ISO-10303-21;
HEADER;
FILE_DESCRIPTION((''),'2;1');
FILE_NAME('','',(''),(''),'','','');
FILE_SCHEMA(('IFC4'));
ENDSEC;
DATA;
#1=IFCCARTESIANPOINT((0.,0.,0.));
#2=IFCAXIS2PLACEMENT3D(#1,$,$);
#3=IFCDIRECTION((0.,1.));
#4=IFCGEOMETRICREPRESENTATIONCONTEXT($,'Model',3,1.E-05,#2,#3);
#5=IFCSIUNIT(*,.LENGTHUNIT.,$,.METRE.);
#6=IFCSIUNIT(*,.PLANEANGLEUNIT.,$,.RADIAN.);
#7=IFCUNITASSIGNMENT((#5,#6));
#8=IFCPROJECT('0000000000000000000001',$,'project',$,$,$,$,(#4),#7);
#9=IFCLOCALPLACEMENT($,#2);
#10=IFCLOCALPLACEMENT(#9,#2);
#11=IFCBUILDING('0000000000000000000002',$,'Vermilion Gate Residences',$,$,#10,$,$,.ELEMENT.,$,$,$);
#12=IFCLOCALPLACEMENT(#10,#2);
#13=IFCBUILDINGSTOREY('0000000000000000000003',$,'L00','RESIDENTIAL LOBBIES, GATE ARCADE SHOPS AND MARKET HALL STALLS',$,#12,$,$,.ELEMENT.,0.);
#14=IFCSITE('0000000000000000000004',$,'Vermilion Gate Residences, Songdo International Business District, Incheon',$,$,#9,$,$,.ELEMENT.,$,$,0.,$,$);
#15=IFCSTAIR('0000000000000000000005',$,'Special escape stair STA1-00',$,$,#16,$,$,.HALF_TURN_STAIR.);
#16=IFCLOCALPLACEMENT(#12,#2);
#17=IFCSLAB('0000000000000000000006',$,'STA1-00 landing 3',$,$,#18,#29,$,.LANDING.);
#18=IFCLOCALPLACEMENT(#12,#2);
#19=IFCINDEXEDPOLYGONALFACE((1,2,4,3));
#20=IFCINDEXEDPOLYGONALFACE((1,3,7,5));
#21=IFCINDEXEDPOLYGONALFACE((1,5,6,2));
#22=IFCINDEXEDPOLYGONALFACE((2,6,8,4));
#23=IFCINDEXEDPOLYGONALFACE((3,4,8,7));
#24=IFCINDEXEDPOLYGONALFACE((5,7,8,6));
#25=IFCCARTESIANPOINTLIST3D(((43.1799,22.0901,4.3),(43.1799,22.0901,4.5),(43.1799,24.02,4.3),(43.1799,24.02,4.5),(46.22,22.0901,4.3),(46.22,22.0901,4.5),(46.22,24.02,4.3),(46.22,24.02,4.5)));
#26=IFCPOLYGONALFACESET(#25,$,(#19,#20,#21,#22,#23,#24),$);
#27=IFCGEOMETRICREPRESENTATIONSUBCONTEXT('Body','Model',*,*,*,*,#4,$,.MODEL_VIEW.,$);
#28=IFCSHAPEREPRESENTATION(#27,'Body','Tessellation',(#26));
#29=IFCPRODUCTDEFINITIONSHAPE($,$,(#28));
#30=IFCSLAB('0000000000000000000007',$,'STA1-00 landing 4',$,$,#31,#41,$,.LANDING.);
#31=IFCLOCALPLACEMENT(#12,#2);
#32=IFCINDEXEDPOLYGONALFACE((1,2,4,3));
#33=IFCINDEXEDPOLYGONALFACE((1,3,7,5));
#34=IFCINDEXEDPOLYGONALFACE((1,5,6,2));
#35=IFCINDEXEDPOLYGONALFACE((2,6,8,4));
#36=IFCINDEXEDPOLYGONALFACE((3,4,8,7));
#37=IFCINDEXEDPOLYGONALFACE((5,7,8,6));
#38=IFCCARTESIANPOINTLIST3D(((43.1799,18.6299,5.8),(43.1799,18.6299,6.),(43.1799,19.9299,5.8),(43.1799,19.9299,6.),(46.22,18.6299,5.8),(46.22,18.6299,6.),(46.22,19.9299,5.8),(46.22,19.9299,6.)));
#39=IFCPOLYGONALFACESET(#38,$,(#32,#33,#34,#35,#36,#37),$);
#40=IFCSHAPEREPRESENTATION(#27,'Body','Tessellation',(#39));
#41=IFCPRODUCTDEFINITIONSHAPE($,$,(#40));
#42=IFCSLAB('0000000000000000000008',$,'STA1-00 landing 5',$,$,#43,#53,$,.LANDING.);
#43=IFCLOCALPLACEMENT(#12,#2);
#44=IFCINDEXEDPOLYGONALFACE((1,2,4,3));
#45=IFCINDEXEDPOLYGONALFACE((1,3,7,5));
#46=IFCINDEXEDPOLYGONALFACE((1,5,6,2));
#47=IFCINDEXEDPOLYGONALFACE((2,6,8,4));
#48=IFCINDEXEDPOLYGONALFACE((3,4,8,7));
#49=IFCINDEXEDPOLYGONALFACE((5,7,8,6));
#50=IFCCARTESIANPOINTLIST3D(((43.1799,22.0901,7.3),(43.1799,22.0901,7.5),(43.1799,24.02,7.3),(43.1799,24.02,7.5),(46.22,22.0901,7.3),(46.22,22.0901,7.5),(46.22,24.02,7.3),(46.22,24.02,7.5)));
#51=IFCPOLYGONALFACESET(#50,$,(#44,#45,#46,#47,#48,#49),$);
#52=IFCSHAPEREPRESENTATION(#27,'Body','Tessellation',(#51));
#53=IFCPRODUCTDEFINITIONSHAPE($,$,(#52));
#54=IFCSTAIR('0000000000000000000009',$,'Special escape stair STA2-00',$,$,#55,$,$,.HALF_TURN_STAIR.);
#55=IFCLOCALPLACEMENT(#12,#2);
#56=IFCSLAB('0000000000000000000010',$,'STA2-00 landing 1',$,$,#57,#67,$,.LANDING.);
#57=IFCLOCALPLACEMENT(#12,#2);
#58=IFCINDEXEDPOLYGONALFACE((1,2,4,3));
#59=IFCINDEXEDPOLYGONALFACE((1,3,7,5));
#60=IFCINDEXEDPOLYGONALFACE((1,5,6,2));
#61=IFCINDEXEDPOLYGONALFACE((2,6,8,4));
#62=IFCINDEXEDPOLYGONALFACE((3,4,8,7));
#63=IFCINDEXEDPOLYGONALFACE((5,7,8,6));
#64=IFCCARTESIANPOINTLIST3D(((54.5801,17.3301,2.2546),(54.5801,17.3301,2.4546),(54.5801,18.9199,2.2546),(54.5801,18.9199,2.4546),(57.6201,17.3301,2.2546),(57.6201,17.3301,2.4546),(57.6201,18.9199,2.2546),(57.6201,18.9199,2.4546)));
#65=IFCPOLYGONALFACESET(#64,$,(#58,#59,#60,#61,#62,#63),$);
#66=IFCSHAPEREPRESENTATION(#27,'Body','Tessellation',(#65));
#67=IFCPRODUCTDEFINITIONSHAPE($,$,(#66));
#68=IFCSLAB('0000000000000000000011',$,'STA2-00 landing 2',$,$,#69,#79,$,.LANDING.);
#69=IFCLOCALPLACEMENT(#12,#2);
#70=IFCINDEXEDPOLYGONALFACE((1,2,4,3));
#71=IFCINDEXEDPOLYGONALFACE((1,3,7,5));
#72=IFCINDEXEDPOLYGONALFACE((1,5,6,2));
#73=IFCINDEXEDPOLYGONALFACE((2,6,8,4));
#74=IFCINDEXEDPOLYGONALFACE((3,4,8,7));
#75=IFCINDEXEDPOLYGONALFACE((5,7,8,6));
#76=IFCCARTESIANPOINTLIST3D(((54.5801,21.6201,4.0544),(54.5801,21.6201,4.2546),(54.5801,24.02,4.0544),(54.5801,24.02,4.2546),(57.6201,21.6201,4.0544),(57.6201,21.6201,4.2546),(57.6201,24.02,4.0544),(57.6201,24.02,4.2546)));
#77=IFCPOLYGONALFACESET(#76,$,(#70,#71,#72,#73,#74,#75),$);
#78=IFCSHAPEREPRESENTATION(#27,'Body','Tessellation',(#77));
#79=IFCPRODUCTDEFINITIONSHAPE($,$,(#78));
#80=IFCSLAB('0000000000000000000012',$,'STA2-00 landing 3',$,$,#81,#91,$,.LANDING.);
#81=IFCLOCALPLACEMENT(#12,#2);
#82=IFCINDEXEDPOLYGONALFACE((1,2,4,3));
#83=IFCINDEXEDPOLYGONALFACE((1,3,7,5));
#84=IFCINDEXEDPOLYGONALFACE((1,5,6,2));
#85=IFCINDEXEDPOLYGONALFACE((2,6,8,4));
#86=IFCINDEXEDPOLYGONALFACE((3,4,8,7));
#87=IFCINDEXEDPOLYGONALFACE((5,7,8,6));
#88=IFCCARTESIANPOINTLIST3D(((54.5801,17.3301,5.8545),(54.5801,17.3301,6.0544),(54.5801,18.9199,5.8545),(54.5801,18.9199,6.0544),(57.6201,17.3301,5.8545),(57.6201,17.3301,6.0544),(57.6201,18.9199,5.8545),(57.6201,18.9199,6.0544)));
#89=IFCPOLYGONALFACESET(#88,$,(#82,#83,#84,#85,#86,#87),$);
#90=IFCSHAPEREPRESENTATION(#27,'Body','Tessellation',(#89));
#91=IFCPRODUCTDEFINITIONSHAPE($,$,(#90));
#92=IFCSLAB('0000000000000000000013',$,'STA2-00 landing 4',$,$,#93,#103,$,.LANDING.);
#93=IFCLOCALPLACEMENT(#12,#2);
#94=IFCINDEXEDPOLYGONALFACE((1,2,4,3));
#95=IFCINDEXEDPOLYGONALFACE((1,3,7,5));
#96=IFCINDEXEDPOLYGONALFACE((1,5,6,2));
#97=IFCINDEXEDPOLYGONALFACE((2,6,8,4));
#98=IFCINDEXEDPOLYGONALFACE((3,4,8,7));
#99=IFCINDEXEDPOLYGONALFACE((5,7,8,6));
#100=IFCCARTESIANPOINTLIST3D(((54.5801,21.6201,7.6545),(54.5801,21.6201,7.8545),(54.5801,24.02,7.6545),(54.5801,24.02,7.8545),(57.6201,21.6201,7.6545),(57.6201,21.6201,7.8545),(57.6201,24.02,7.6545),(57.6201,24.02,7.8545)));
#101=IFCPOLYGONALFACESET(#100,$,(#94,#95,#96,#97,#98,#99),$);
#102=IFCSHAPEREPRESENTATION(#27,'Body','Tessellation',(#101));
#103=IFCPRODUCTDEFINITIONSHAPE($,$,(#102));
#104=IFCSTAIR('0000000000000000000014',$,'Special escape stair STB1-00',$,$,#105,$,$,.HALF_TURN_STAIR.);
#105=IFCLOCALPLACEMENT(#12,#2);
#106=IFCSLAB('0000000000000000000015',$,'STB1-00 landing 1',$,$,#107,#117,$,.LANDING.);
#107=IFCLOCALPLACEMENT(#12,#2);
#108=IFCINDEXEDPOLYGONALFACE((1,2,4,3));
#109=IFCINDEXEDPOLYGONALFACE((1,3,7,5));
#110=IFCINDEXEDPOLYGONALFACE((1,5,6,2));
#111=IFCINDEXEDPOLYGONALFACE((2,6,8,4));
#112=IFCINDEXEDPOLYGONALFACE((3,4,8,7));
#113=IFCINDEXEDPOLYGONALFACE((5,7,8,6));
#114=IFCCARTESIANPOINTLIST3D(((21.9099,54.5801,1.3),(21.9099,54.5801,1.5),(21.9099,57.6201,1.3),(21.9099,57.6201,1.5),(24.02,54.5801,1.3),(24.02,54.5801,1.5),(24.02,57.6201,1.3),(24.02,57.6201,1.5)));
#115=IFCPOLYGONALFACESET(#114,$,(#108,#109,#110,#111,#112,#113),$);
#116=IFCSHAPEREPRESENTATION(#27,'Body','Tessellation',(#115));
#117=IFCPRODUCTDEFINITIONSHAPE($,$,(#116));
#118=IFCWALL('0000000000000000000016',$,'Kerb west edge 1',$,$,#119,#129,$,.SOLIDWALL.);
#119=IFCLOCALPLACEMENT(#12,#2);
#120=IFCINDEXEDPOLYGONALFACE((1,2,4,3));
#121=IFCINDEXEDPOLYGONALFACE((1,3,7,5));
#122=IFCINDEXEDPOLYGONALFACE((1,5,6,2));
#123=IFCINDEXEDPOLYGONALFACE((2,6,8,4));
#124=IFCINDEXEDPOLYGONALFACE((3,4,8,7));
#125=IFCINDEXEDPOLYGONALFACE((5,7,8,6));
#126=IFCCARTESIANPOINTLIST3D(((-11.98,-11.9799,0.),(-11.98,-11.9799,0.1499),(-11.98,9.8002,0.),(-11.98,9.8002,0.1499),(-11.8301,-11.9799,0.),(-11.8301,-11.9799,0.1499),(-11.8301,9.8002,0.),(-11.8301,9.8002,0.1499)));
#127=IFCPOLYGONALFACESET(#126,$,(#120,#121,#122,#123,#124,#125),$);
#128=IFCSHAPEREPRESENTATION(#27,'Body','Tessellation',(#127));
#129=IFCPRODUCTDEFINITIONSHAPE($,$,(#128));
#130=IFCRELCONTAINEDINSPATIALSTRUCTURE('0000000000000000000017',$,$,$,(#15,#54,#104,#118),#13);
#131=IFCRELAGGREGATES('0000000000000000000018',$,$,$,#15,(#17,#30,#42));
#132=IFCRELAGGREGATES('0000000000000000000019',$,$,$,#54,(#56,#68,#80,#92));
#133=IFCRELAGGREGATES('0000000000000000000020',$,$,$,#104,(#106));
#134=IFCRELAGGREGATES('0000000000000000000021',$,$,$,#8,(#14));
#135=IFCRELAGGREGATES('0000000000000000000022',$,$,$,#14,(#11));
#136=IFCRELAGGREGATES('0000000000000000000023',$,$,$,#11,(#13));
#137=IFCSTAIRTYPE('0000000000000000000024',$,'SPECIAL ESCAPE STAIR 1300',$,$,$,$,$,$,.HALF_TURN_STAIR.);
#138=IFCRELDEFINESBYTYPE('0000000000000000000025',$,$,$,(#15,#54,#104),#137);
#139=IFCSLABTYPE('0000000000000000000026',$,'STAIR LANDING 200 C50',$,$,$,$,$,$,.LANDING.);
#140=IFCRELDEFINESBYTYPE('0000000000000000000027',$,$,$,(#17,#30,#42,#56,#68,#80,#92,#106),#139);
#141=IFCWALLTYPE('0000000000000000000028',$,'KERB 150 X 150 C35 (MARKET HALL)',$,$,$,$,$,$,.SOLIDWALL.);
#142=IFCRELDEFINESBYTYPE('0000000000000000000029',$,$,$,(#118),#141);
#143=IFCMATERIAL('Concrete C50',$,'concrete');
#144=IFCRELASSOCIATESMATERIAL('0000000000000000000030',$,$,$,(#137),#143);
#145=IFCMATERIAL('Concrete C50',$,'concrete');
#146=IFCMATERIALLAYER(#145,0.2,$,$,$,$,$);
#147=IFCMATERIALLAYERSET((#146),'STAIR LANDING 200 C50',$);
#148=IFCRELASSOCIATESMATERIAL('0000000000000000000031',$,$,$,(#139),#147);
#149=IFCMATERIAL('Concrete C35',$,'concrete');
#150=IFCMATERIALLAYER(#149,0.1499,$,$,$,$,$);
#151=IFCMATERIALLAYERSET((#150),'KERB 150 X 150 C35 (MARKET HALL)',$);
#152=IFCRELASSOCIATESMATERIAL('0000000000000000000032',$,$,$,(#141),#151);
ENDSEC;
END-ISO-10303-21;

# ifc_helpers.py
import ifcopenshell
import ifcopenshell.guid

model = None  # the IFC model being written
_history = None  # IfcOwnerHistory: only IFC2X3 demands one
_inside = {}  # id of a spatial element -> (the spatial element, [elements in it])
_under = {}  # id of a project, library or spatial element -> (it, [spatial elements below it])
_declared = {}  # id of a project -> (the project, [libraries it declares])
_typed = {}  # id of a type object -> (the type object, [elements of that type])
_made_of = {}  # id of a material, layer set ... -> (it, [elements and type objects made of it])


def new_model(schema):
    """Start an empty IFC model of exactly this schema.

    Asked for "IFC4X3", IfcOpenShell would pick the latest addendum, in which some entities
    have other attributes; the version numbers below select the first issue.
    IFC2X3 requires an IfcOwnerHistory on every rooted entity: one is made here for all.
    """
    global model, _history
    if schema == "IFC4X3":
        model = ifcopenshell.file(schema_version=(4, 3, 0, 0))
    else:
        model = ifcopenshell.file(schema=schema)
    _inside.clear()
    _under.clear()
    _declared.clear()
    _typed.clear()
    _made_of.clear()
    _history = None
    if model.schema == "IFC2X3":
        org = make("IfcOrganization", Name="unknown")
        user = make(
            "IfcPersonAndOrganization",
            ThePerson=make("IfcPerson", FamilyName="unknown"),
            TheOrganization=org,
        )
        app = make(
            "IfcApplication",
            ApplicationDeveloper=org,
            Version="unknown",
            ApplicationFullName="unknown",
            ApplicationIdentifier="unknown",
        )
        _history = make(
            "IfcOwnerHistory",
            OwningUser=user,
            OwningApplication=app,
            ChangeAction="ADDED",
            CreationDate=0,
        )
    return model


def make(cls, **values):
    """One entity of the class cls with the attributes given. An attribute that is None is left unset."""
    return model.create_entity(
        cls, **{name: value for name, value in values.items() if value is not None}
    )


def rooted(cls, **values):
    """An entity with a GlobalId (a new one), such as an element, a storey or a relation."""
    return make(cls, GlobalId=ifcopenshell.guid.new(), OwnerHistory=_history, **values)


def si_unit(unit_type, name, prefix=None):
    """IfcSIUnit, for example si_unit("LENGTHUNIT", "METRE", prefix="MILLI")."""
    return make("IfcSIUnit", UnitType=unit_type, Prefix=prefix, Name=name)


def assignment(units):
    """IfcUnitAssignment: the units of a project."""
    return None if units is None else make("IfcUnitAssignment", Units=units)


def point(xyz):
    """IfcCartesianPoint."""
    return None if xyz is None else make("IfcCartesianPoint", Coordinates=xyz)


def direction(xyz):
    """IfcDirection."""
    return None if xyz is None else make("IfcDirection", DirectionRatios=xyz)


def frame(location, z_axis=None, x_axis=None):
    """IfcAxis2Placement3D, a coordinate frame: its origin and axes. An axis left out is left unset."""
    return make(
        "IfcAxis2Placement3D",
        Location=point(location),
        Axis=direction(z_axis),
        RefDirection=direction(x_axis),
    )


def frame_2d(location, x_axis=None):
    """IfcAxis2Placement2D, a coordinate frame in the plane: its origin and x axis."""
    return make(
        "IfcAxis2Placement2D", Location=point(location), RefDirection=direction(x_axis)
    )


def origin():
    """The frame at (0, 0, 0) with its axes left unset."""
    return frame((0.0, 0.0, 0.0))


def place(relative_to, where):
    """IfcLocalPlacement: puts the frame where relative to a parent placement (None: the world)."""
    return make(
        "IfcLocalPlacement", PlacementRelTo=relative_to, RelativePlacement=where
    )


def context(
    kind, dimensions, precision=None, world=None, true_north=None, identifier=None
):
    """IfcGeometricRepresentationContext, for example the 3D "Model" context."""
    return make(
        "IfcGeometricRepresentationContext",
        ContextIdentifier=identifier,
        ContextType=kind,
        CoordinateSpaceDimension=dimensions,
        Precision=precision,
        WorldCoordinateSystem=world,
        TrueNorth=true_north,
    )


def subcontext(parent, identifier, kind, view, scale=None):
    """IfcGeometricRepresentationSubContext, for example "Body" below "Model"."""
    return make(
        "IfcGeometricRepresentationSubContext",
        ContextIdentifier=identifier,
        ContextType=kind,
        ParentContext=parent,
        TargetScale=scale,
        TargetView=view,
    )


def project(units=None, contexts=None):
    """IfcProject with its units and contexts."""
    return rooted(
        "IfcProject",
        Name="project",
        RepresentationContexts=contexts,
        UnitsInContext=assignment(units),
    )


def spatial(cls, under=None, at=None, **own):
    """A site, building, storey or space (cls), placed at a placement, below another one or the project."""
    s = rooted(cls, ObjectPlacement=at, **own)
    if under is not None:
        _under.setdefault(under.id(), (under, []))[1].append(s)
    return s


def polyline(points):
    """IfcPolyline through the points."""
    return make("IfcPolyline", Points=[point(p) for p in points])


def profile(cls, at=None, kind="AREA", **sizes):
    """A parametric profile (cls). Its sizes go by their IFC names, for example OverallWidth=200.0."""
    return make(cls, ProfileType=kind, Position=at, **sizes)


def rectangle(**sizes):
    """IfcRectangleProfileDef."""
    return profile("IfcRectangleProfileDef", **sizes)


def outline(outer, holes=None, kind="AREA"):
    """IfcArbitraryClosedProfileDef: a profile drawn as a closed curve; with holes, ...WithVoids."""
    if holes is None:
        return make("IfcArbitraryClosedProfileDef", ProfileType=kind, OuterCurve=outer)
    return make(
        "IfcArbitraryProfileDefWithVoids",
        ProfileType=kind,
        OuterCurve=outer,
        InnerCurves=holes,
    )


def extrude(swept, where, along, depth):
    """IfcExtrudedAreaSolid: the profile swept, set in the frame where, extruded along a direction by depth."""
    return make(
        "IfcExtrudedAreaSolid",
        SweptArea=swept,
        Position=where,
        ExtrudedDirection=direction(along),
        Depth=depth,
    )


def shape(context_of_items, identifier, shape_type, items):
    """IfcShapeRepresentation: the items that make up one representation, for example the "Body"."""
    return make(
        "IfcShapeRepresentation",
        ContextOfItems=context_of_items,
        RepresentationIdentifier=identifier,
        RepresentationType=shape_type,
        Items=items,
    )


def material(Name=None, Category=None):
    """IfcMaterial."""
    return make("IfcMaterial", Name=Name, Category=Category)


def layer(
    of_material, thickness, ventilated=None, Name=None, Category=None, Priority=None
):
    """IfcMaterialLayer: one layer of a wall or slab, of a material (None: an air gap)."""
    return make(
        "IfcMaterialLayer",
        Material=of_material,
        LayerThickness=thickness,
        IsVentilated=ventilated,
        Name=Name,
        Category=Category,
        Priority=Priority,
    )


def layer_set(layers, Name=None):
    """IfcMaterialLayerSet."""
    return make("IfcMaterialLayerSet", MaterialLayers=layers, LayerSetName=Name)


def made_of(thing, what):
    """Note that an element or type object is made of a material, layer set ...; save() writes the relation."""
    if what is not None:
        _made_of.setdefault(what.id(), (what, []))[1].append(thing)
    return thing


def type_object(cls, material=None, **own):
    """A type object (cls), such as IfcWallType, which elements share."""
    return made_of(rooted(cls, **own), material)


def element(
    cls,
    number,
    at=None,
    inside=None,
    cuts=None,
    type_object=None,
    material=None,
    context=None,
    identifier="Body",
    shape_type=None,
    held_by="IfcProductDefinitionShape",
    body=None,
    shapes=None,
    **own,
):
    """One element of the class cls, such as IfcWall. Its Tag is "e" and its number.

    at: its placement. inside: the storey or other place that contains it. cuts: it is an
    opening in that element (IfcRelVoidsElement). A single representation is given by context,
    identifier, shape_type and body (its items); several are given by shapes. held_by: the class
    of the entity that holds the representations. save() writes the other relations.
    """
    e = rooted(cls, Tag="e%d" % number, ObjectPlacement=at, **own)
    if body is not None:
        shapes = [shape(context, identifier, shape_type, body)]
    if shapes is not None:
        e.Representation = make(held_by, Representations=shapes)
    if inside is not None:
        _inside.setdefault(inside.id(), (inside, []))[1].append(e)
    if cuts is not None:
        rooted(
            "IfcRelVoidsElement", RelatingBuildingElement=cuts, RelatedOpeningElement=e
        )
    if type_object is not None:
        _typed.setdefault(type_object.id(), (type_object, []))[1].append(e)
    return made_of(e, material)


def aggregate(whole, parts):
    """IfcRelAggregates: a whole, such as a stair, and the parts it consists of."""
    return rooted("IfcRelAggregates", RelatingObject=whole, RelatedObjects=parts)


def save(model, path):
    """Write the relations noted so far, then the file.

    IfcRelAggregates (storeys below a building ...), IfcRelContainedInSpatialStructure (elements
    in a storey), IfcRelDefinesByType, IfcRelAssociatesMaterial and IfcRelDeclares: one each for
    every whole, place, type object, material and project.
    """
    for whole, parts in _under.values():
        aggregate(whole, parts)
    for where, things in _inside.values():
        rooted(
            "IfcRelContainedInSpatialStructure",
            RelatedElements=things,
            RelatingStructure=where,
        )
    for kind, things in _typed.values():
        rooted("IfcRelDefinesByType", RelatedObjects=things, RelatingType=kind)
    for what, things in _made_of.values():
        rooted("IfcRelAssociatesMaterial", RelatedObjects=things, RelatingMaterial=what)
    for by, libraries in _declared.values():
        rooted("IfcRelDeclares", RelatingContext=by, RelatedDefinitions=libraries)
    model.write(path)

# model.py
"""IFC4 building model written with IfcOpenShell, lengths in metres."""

from ifc_helpers import new_model, si_unit, direction, frame, frame_2d, origin, place, context, subcontext, project, spatial, polyline, rectangle, outline, extrude, material, layer, layer_set, type_object, element, aggregate, save


model = new_model("IFC4")

# Units and contexts
model_context = context("Model", 3, precision=1e-05, world=origin(), true_north=direction((0.0, 1.0)))
body_context = subcontext(model_context, "Body", "Model", "MODEL_VIEW")
ifc_project = project(units=[si_unit("LENGTHUNIT", "METRE"), si_unit("PLANEANGLEUNIT", "RADIAN")], contexts=[model_context])

# Site, building, storey
site_placement = place(None, origin())
site = spatial("IfcSite", under=ifc_project, at=site_placement, Name="Vermilion Gate Residences, Songdo International Business District, Incheon", CompositionType="ELEMENT", RefElevation=0.0)
building_placement = place(site_placement, origin())
building = spatial("IfcBuilding", under=site, at=building_placement, Name="Vermilion Gate Residences", CompositionType="ELEMENT")
storey_placement = place(building_placement, origin())
storey = spatial("IfcBuildingStorey", under=building, at=storey_placement, Name="L00", Description="RESIDENTIAL LOBBIES, GATE ARCADE SHOPS AND MARKET HALL STALLS", CompositionType="ELEMENT", Elevation=0.0)

# Stairs, slabs
ifc_material_1 = material(Name="Concrete C50", Category="concrete")
stair_type = type_object("IfcStairType", Name="SPECIAL ESCAPE STAIR 1300", PredefinedType="HALF_TURN_STAIR", material=ifc_material_1)
stair_1_placement = place(storey_placement, origin())
stair_1 = element("IfcStair", 1, at=stair_1_placement, inside=storey, type_object=stair_type, Name="Special escape stair STA1-00", PredefinedType="HALF_TURN_STAIR")
ifc_material_2 = material(Name="Concrete C50", Category="concrete")
ifc_layer_1 = layer(ifc_material_2, 0.2)
ifc_layer_set_1 = layer_set([ifc_layer_1], Name="STAIR LANDING 200 C50")
slab_type_1 = type_object("IfcSlabType", Name="STAIR LANDING 200 C50", PredefinedType="LANDING", material=ifc_layer_set_1)
slab_1_placement = place(storey_placement, frame((0.0, 0.0, 4.3)))
slab_1 = element("IfcSlab", 2, at=slab_1_placement, type_object=slab_type_1, Name="STA1-00 landing 3", PredefinedType="LANDING", context=body_context, shape_type="SweptSolid", body=[
    extrude(outline(polyline([(46.22, 22.0901), (46.22, 24.02), (43.1799, 24.02), (43.1799, 22.0901), (46.22, 22.0901)])), origin(), (0.0, 0.0, 1.0), 0.2),
])
slab_2_placement = place(storey_placement, frame((0.0, 0.0, 5.8)))
slab_2 = element("IfcSlab", 3, at=slab_2_placement, type_object=slab_type_1, Name="STA1-00 landing 4", PredefinedType="LANDING", context=body_context, shape_type="SweptSolid", body=[
    extrude(outline(polyline([(46.22, 18.6299), (46.22, 19.9299), (43.1799, 19.9299), (43.1799, 18.6299), (46.22, 18.6299)])), origin(), (0.0, 0.0, 1.0), 0.2),
])
slab_3_placement = place(storey_placement, frame((0.0, 0.0, 7.3)))
slab_3 = element("IfcSlab", 4, at=slab_3_placement, type_object=slab_type_1, Name="STA1-00 landing 5", PredefinedType="LANDING", context=body_context, shape_type="SweptSolid", body=[
    extrude(outline(polyline([(46.22, 22.0901), (46.22, 24.02), (43.1799, 24.02), (43.1799, 22.0901), (46.22, 22.0901)])), origin(), (0.0, 0.0, 1.0), 0.2),
])
aggregate(stair_1, [slab_1, slab_2, slab_3])
stair_2_placement = place(storey_placement, origin())
stair_2 = element("IfcStair", 5, at=stair_2_placement, inside=storey, type_object=stair_type, Name="Special escape stair STA2-00", PredefinedType="HALF_TURN_STAIR")
slab_4_placement = place(storey_placement, frame((0.0, 0.0, 2.2546)))
slab_4 = element("IfcSlab", 6, at=slab_4_placement, type_object=slab_type_1, Name="STA2-00 landing 1", PredefinedType="LANDING", context=body_context, shape_type="SweptSolid", body=[
    extrude(outline(polyline([(57.6201, 17.3301), (57.6201, 18.9199), (54.5801, 18.9199), (54.5801, 17.3301), (57.6201, 17.3301)])), origin(), (0.0, 0.0, 1.0), 0.2),
])
slab_5_placement = place(storey_placement, frame((0.0, 0.0, 4.0544)))
slab_5 = element("IfcSlab", 7, at=slab_5_placement, type_object=slab_type_1, Name="STA2-00 landing 2", PredefinedType="LANDING", context=body_context, shape_type="SweptSolid", body=[
    extrude(outline(polyline([(57.6201, 21.6201), (57.6201, 24.02), (54.5801, 24.02), (54.5801, 21.6201), (57.6201, 21.6201)])), origin(), (0.0, 0.0, 1.0), 0.2002),
])
slab_6_placement = place(storey_placement, frame((0.0, 0.0, 5.8545)))
slab_6 = element("IfcSlab", 8, at=slab_6_placement, type_object=slab_type_1, Name="STA2-00 landing 3", PredefinedType="LANDING", context=body_context, shape_type="SweptSolid", body=[
    extrude(outline(polyline([(57.6201, 17.3301), (57.6201, 18.9199), (54.5801, 18.9199), (54.5801, 17.3301), (57.6201, 17.3301)])), origin(), (0.0, 0.0, 1.0), 0.2),
])
slab_7_placement = place(storey_placement, frame((0.0, 0.0, 7.6545)))
slab_7 = element("IfcSlab", 9, at=slab_7_placement, type_object=slab_type_1, Name="STA2-00 landing 4", PredefinedType="LANDING", context=body_context, shape_type="SweptSolid", body=[
    extrude(outline(polyline([(57.6201, 21.6201), (57.6201, 24.02), (54.5801, 24.02), (54.5801, 21.6201), (57.6201, 21.6201)])), origin(), (0.0, 0.0, 1.0), 0.2),
])
aggregate(stair_2, [slab_4, slab_5, slab_6, slab_7])

# Stair, slab
stair_3_placement = place(storey_placement, origin())
stair_3 = element("IfcStair", 10, at=stair_3_placement, inside=storey, type_object=stair_type, Name="Special escape stair STB1-00", PredefinedType="HALF_TURN_STAIR")
slab_8_placement = place(storey_placement, frame((0.0, 0.0, 1.3)))
slab_8 = element("IfcSlab", 11, at=slab_8_placement, type_object=slab_type_1, Name="STB1-00 landing 1", PredefinedType="LANDING", context=body_context, shape_type="SweptSolid", body=[
    extrude(outline(polyline([(24.02, 54.5801), (24.02, 57.6201), (21.9099, 57.6201), (21.9099, 54.5801), (24.02, 54.5801)])), origin(), (0.0, 0.0, 1.0), 0.2),
])
aggregate(stair_3, [slab_8])

# Wall
ifc_material_3 = material(Name="Concrete C35", Category="concrete")
ifc_layer_2 = layer(ifc_material_3, 0.1499)
ifc_layer_set_2 = layer_set([ifc_layer_2], Name="KERB 150 X 150 C35 (MARKET HALL)")
wall_type = type_object("IfcWallType", Name="KERB 150 X 150 C35 (MARKET HALL)", PredefinedType="SOLIDWALL", material=ifc_layer_set_2)
wall_placement = place(storey_placement, frame((-11.905, -11.98, 0.0), z_axis=(0.0, 0.0, 1.0), x_axis=(0.0, 1.0, 0.0)))
element("IfcWall", 12, at=wall_placement, inside=storey, type_object=wall_type, Name="Kerb west edge 1", PredefinedType="SOLIDWALL", context=body_context, shape_type="SweptSolid", body=[
    extrude(rectangle(XDim=21.78, YDim=0.1499, at=frame_2d((10.8901, 0.0))), origin(), (0.0, 0.0, 1.0), 0.1499),
])

save(model, "model.ifc")
